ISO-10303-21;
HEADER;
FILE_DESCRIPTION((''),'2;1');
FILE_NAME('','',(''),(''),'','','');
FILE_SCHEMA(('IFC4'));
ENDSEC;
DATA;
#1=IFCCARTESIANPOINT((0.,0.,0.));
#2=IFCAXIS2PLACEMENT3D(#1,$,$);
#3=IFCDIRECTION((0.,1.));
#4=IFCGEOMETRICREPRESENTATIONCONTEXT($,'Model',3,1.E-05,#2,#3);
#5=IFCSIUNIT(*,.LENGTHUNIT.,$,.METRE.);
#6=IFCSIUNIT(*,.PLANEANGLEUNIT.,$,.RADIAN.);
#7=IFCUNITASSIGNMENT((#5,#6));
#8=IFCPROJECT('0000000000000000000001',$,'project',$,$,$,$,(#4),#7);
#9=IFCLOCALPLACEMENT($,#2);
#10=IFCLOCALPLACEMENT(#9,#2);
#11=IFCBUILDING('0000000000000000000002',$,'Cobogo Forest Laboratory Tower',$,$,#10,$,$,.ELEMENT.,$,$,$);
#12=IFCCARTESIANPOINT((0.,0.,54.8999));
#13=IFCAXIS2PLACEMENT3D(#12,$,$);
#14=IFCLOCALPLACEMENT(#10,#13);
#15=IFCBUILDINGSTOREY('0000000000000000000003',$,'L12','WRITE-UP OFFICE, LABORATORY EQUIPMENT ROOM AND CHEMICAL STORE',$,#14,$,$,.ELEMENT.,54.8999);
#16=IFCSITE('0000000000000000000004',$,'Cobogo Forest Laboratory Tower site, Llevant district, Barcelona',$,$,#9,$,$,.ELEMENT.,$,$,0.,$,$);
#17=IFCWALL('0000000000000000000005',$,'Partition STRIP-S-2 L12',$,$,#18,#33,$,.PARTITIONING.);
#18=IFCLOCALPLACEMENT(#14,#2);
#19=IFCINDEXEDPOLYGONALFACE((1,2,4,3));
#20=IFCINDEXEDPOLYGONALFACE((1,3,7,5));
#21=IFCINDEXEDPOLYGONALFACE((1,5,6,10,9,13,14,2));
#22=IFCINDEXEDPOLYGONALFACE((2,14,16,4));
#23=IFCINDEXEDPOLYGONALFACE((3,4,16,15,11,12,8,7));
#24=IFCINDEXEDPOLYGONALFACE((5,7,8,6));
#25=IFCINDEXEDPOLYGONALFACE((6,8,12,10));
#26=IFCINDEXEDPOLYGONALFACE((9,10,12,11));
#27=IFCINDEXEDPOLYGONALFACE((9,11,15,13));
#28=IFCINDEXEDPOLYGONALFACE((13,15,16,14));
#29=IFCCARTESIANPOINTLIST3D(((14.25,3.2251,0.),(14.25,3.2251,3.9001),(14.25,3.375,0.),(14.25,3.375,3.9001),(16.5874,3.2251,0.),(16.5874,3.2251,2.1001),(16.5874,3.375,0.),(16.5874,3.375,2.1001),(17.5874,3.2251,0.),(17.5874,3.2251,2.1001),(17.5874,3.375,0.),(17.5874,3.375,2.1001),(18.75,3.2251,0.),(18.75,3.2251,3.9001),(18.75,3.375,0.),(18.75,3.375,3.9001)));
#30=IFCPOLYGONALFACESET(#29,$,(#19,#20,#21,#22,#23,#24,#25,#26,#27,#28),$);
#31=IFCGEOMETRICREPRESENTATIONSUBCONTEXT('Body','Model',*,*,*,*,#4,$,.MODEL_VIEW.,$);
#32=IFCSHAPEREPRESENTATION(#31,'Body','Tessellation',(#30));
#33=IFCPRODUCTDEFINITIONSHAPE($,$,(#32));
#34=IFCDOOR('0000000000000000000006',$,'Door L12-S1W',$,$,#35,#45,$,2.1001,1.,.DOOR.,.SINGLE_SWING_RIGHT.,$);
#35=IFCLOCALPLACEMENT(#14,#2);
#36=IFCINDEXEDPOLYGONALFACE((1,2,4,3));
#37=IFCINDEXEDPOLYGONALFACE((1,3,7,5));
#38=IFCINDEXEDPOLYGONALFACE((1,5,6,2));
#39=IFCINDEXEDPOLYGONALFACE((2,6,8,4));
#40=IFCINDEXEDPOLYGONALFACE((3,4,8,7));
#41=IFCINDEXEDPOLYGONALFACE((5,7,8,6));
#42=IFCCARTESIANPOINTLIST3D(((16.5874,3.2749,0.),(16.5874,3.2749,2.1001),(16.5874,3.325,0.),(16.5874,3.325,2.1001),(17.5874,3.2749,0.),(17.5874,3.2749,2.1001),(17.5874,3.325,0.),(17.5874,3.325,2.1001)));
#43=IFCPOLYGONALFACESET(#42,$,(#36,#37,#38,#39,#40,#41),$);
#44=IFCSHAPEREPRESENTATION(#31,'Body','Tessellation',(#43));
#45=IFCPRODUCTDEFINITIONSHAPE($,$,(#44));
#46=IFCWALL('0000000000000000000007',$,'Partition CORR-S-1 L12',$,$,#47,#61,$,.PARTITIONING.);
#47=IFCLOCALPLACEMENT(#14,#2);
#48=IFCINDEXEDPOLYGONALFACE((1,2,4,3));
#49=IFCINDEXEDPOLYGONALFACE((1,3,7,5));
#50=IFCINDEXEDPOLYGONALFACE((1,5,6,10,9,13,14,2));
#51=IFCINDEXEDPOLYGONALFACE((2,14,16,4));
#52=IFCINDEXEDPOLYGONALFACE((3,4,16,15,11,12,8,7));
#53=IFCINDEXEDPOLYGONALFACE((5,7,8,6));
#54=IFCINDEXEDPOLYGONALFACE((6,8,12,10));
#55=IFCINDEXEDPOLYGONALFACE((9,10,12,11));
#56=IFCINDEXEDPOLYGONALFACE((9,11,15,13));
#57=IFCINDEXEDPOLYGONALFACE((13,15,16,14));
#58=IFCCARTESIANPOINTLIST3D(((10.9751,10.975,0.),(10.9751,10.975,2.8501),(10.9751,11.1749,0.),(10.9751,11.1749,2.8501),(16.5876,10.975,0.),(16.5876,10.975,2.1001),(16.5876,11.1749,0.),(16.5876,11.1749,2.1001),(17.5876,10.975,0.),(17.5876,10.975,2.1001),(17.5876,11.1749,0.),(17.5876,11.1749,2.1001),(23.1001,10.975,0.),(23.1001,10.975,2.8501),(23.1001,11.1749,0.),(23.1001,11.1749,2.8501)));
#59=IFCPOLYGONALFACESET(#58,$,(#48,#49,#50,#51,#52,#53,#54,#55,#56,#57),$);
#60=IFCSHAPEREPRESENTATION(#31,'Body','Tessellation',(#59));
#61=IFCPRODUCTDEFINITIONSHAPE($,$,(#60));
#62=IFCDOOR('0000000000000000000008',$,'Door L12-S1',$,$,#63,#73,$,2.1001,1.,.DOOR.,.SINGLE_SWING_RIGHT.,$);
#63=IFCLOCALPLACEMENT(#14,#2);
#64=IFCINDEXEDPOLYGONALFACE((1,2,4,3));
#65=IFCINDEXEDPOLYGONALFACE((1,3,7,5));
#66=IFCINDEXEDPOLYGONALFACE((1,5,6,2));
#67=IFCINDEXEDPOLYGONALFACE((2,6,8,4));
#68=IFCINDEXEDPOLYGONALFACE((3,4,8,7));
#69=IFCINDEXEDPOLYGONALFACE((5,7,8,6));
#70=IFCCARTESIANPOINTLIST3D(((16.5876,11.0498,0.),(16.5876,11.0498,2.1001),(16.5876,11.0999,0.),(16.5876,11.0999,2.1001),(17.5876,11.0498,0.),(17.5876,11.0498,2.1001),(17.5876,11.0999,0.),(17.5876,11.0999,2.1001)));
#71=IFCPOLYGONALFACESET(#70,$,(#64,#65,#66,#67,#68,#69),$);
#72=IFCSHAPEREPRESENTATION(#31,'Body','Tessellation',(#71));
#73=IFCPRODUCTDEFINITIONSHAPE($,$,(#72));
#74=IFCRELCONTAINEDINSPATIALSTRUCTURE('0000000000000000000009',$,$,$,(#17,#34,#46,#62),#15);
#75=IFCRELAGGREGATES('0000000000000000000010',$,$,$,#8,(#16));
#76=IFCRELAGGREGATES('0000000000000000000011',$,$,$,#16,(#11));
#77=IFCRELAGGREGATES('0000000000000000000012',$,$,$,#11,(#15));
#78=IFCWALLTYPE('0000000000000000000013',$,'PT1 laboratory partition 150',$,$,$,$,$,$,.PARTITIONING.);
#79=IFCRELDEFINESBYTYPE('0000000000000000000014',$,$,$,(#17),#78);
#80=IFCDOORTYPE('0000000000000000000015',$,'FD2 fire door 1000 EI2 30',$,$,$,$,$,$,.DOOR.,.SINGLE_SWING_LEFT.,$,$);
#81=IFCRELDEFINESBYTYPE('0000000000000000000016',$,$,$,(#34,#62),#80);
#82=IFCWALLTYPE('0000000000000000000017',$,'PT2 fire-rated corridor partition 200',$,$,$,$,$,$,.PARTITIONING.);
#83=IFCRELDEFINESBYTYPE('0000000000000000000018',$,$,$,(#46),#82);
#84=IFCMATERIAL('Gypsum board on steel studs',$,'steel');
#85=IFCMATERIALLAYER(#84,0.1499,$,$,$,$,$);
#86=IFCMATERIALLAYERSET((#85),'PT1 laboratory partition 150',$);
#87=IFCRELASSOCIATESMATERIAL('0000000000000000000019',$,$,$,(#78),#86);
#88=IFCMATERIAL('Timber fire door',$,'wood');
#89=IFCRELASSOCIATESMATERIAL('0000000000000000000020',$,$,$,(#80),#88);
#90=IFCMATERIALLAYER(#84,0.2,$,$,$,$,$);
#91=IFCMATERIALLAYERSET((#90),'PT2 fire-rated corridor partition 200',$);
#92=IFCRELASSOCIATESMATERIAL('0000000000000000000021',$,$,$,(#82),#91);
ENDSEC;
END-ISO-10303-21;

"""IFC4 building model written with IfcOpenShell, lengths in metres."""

from ifc_helpers import new_model, si_unit, direction, frame, frame_2d, origin, place, context, subcontext, project, spatial, rectangle, extrude, material, layer, layer_set, type_object, element, fill, save


model = new_model("IFC4")

# Units and contexts
model_context = context("Model", 3, precision=1e-05, world=origin(), true_north=direction((0.0, 1.0)))
body_context = subcontext(model_context, "Body", "Model", "MODEL_VIEW")
ifc_project = project(units=[si_unit("LENGTHUNIT", "METRE"), si_unit("PLANEANGLEUNIT", "RADIAN")], contexts=[model_context])

# Site, building, storey
site_placement = place(None, origin())
site = spatial("IfcSite", under=ifc_project, at=site_placement, Name="Cobogo Forest Laboratory Tower site, Llevant district, Barcelona", CompositionType="ELEMENT", RefElevation=0.0)
building_placement = place(site_placement, origin())
building = spatial("IfcBuilding", under=site, at=building_placement, Name="Cobogo Forest Laboratory Tower", CompositionType="ELEMENT")
storey_placement = place(building_placement, frame((0.0, 0.0, 54.8999)))
storey = spatial("IfcBuildingStorey", under=building, at=storey_placement, Name="L12", Description="WRITE-UP OFFICE, LABORATORY EQUIPMENT ROOM AND CHEMICAL STORE", CompositionType="ELEMENT", Elevation=54.8999)

# Shared definitions
ifc_material_1 = material(Name="Gypsum board on steel studs", Category="steel")
ifc_layer_1 = layer(ifc_material_1, 0.1499)
ifc_layer_set_1 = layer_set([ifc_layer_1], Name="PT1 laboratory partition 150")
wall_type_1 = type_object("IfcWallType", Name="PT1 laboratory partition 150", PredefinedType="PARTITIONING", material=ifc_layer_set_1)

# Walls, openings, doors
wall_1_placement = place(storey_placement, frame((14.25, 3.3, 0.0), z_axis=(0.0, 0.0, 1.0), x_axis=(1.0, 0.0, 0.0)))
wall_1 = element("IfcWall", 1, at=wall_1_placement, inside=storey, type_object=wall_type_1, Name="Partition STRIP-S-2 L12", PredefinedType="PARTITIONING", context=body_context, shape_type="SweptSolid", body=[
    extrude(rectangle(XDim=4.5, YDim=0.1499, at=frame_2d((2.25, 0.0))), origin(), (0.0, 0.0, 1.0), 3.9001),
])
opening_1_placement = place(wall_1_placement, frame((2.3374, 0.0, 0.0)))
opening_1 = element("IfcOpeningElement", 2, at=opening_1_placement, cuts=wall_1, PredefinedType="OPENING", context=body_context, shape_type="SweptSolid", body=[
    extrude(rectangle(XDim=1.0, YDim=2.1001, at=frame_2d((0.5, 1.05))), frame((0.0, 0.085, 0.0), z_axis=(0.0, -1.0, 0.0), x_axis=(1.0, 0.0, 0.0)), (0.0, 0.0, 1.0), 0.1699),
])
ifc_material_2 = material(Name="Timber fire door", Category="wood")
door_type_1 = type_object("IfcDoorType", Name="FD2 fire door 1000 EI2 30", OperationType="SINGLE_SWING_LEFT", PredefinedType="DOOR", material=ifc_material_2)
door_1_placement = place(opening_1_placement, origin())
door_1 = element("IfcDoor", 3, at=door_1_placement, inside=storey, type_object=door_type_1, Name="Door L12-S1W", OperationType="SINGLE_SWING_RIGHT", OverallHeight=2.1001, OverallWidth=1.0, PredefinedType="DOOR", context=body_context, shape_type="SweptSolid", body=[
    extrude(rectangle(XDim=1.0, YDim=2.1001, at=frame_2d((0.5, 1.05))), frame((0.0, 0.0249, 0.0), z_axis=(0.0, -1.0, 0.0), x_axis=(1.0, 0.0, 0.0)), (0.0, 0.0, 1.0), 0.05),
])
fill(opening_1, door_1)
ifc_layer_2 = layer(ifc_material_1, 0.2)
ifc_layer_set_2 = layer_set([ifc_layer_2], Name="PT2 fire-rated corridor partition 200")
wall_type_2 = type_object("IfcWallType", Name="PT2 fire-rated corridor partition 200", PredefinedType="PARTITIONING", material=ifc_layer_set_2)
wall_2_placement = place(storey_placement, frame((10.9751, 11.075, 0.0), z_axis=(0.0, 0.0, 1.0), x_axis=(1.0, 0.0, 0.0)))
wall_2 = element("IfcWall", 4, at=wall_2_placement, inside=storey, type_object=wall_type_2, Name="Partition CORR-S-1 L12", PredefinedType="PARTITIONING", context=body_context, shape_type="SweptSolid", body=[
    extrude(rectangle(XDim=12.125, YDim=0.2, at=frame_2d((6.0625, 0.0))), origin(), (0.0, 0.0, 1.0), 2.8501),
])
opening_2_placement = place(wall_2_placement, frame((5.6125, 0.0, 0.0)))
opening_2 = element("IfcOpeningElement", 5, at=opening_2_placement, cuts=wall_2, PredefinedType="OPENING", context=body_context, shape_type="SweptSolid", body=[
    extrude(rectangle(XDim=1.0, YDim=2.1001, at=frame_2d((0.5, 1.05))), frame((0.0, 0.1099, 0.0), z_axis=(0.0, -1.0, 0.0), x_axis=(1.0, 0.0, 0.0)), (0.0, 0.0, 1.0), 0.22),
])
door_2_placement = place(opening_2_placement, origin())
door_2 = element("IfcDoor", 6, at=door_2_placement, inside=storey, type_object=door_type_1, Name="Door L12-S1", OperationType="SINGLE_SWING_RIGHT", OverallHeight=2.1001, OverallWidth=1.0, PredefinedType="DOOR", context=body_context, shape_type="SweptSolid", body=[
    extrude(rectangle(XDim=1.0, YDim=2.1001, at=frame_2d((0.5, 1.05))), frame((0.0, 0.0249, 0.0), z_axis=(0.0, -1.0, 0.0), x_axis=(1.0, 0.0, 0.0)), (0.0, 0.0, 1.0), 0.05),
])
fill(opening_2, door_2)

save(model, "model.ifc")
